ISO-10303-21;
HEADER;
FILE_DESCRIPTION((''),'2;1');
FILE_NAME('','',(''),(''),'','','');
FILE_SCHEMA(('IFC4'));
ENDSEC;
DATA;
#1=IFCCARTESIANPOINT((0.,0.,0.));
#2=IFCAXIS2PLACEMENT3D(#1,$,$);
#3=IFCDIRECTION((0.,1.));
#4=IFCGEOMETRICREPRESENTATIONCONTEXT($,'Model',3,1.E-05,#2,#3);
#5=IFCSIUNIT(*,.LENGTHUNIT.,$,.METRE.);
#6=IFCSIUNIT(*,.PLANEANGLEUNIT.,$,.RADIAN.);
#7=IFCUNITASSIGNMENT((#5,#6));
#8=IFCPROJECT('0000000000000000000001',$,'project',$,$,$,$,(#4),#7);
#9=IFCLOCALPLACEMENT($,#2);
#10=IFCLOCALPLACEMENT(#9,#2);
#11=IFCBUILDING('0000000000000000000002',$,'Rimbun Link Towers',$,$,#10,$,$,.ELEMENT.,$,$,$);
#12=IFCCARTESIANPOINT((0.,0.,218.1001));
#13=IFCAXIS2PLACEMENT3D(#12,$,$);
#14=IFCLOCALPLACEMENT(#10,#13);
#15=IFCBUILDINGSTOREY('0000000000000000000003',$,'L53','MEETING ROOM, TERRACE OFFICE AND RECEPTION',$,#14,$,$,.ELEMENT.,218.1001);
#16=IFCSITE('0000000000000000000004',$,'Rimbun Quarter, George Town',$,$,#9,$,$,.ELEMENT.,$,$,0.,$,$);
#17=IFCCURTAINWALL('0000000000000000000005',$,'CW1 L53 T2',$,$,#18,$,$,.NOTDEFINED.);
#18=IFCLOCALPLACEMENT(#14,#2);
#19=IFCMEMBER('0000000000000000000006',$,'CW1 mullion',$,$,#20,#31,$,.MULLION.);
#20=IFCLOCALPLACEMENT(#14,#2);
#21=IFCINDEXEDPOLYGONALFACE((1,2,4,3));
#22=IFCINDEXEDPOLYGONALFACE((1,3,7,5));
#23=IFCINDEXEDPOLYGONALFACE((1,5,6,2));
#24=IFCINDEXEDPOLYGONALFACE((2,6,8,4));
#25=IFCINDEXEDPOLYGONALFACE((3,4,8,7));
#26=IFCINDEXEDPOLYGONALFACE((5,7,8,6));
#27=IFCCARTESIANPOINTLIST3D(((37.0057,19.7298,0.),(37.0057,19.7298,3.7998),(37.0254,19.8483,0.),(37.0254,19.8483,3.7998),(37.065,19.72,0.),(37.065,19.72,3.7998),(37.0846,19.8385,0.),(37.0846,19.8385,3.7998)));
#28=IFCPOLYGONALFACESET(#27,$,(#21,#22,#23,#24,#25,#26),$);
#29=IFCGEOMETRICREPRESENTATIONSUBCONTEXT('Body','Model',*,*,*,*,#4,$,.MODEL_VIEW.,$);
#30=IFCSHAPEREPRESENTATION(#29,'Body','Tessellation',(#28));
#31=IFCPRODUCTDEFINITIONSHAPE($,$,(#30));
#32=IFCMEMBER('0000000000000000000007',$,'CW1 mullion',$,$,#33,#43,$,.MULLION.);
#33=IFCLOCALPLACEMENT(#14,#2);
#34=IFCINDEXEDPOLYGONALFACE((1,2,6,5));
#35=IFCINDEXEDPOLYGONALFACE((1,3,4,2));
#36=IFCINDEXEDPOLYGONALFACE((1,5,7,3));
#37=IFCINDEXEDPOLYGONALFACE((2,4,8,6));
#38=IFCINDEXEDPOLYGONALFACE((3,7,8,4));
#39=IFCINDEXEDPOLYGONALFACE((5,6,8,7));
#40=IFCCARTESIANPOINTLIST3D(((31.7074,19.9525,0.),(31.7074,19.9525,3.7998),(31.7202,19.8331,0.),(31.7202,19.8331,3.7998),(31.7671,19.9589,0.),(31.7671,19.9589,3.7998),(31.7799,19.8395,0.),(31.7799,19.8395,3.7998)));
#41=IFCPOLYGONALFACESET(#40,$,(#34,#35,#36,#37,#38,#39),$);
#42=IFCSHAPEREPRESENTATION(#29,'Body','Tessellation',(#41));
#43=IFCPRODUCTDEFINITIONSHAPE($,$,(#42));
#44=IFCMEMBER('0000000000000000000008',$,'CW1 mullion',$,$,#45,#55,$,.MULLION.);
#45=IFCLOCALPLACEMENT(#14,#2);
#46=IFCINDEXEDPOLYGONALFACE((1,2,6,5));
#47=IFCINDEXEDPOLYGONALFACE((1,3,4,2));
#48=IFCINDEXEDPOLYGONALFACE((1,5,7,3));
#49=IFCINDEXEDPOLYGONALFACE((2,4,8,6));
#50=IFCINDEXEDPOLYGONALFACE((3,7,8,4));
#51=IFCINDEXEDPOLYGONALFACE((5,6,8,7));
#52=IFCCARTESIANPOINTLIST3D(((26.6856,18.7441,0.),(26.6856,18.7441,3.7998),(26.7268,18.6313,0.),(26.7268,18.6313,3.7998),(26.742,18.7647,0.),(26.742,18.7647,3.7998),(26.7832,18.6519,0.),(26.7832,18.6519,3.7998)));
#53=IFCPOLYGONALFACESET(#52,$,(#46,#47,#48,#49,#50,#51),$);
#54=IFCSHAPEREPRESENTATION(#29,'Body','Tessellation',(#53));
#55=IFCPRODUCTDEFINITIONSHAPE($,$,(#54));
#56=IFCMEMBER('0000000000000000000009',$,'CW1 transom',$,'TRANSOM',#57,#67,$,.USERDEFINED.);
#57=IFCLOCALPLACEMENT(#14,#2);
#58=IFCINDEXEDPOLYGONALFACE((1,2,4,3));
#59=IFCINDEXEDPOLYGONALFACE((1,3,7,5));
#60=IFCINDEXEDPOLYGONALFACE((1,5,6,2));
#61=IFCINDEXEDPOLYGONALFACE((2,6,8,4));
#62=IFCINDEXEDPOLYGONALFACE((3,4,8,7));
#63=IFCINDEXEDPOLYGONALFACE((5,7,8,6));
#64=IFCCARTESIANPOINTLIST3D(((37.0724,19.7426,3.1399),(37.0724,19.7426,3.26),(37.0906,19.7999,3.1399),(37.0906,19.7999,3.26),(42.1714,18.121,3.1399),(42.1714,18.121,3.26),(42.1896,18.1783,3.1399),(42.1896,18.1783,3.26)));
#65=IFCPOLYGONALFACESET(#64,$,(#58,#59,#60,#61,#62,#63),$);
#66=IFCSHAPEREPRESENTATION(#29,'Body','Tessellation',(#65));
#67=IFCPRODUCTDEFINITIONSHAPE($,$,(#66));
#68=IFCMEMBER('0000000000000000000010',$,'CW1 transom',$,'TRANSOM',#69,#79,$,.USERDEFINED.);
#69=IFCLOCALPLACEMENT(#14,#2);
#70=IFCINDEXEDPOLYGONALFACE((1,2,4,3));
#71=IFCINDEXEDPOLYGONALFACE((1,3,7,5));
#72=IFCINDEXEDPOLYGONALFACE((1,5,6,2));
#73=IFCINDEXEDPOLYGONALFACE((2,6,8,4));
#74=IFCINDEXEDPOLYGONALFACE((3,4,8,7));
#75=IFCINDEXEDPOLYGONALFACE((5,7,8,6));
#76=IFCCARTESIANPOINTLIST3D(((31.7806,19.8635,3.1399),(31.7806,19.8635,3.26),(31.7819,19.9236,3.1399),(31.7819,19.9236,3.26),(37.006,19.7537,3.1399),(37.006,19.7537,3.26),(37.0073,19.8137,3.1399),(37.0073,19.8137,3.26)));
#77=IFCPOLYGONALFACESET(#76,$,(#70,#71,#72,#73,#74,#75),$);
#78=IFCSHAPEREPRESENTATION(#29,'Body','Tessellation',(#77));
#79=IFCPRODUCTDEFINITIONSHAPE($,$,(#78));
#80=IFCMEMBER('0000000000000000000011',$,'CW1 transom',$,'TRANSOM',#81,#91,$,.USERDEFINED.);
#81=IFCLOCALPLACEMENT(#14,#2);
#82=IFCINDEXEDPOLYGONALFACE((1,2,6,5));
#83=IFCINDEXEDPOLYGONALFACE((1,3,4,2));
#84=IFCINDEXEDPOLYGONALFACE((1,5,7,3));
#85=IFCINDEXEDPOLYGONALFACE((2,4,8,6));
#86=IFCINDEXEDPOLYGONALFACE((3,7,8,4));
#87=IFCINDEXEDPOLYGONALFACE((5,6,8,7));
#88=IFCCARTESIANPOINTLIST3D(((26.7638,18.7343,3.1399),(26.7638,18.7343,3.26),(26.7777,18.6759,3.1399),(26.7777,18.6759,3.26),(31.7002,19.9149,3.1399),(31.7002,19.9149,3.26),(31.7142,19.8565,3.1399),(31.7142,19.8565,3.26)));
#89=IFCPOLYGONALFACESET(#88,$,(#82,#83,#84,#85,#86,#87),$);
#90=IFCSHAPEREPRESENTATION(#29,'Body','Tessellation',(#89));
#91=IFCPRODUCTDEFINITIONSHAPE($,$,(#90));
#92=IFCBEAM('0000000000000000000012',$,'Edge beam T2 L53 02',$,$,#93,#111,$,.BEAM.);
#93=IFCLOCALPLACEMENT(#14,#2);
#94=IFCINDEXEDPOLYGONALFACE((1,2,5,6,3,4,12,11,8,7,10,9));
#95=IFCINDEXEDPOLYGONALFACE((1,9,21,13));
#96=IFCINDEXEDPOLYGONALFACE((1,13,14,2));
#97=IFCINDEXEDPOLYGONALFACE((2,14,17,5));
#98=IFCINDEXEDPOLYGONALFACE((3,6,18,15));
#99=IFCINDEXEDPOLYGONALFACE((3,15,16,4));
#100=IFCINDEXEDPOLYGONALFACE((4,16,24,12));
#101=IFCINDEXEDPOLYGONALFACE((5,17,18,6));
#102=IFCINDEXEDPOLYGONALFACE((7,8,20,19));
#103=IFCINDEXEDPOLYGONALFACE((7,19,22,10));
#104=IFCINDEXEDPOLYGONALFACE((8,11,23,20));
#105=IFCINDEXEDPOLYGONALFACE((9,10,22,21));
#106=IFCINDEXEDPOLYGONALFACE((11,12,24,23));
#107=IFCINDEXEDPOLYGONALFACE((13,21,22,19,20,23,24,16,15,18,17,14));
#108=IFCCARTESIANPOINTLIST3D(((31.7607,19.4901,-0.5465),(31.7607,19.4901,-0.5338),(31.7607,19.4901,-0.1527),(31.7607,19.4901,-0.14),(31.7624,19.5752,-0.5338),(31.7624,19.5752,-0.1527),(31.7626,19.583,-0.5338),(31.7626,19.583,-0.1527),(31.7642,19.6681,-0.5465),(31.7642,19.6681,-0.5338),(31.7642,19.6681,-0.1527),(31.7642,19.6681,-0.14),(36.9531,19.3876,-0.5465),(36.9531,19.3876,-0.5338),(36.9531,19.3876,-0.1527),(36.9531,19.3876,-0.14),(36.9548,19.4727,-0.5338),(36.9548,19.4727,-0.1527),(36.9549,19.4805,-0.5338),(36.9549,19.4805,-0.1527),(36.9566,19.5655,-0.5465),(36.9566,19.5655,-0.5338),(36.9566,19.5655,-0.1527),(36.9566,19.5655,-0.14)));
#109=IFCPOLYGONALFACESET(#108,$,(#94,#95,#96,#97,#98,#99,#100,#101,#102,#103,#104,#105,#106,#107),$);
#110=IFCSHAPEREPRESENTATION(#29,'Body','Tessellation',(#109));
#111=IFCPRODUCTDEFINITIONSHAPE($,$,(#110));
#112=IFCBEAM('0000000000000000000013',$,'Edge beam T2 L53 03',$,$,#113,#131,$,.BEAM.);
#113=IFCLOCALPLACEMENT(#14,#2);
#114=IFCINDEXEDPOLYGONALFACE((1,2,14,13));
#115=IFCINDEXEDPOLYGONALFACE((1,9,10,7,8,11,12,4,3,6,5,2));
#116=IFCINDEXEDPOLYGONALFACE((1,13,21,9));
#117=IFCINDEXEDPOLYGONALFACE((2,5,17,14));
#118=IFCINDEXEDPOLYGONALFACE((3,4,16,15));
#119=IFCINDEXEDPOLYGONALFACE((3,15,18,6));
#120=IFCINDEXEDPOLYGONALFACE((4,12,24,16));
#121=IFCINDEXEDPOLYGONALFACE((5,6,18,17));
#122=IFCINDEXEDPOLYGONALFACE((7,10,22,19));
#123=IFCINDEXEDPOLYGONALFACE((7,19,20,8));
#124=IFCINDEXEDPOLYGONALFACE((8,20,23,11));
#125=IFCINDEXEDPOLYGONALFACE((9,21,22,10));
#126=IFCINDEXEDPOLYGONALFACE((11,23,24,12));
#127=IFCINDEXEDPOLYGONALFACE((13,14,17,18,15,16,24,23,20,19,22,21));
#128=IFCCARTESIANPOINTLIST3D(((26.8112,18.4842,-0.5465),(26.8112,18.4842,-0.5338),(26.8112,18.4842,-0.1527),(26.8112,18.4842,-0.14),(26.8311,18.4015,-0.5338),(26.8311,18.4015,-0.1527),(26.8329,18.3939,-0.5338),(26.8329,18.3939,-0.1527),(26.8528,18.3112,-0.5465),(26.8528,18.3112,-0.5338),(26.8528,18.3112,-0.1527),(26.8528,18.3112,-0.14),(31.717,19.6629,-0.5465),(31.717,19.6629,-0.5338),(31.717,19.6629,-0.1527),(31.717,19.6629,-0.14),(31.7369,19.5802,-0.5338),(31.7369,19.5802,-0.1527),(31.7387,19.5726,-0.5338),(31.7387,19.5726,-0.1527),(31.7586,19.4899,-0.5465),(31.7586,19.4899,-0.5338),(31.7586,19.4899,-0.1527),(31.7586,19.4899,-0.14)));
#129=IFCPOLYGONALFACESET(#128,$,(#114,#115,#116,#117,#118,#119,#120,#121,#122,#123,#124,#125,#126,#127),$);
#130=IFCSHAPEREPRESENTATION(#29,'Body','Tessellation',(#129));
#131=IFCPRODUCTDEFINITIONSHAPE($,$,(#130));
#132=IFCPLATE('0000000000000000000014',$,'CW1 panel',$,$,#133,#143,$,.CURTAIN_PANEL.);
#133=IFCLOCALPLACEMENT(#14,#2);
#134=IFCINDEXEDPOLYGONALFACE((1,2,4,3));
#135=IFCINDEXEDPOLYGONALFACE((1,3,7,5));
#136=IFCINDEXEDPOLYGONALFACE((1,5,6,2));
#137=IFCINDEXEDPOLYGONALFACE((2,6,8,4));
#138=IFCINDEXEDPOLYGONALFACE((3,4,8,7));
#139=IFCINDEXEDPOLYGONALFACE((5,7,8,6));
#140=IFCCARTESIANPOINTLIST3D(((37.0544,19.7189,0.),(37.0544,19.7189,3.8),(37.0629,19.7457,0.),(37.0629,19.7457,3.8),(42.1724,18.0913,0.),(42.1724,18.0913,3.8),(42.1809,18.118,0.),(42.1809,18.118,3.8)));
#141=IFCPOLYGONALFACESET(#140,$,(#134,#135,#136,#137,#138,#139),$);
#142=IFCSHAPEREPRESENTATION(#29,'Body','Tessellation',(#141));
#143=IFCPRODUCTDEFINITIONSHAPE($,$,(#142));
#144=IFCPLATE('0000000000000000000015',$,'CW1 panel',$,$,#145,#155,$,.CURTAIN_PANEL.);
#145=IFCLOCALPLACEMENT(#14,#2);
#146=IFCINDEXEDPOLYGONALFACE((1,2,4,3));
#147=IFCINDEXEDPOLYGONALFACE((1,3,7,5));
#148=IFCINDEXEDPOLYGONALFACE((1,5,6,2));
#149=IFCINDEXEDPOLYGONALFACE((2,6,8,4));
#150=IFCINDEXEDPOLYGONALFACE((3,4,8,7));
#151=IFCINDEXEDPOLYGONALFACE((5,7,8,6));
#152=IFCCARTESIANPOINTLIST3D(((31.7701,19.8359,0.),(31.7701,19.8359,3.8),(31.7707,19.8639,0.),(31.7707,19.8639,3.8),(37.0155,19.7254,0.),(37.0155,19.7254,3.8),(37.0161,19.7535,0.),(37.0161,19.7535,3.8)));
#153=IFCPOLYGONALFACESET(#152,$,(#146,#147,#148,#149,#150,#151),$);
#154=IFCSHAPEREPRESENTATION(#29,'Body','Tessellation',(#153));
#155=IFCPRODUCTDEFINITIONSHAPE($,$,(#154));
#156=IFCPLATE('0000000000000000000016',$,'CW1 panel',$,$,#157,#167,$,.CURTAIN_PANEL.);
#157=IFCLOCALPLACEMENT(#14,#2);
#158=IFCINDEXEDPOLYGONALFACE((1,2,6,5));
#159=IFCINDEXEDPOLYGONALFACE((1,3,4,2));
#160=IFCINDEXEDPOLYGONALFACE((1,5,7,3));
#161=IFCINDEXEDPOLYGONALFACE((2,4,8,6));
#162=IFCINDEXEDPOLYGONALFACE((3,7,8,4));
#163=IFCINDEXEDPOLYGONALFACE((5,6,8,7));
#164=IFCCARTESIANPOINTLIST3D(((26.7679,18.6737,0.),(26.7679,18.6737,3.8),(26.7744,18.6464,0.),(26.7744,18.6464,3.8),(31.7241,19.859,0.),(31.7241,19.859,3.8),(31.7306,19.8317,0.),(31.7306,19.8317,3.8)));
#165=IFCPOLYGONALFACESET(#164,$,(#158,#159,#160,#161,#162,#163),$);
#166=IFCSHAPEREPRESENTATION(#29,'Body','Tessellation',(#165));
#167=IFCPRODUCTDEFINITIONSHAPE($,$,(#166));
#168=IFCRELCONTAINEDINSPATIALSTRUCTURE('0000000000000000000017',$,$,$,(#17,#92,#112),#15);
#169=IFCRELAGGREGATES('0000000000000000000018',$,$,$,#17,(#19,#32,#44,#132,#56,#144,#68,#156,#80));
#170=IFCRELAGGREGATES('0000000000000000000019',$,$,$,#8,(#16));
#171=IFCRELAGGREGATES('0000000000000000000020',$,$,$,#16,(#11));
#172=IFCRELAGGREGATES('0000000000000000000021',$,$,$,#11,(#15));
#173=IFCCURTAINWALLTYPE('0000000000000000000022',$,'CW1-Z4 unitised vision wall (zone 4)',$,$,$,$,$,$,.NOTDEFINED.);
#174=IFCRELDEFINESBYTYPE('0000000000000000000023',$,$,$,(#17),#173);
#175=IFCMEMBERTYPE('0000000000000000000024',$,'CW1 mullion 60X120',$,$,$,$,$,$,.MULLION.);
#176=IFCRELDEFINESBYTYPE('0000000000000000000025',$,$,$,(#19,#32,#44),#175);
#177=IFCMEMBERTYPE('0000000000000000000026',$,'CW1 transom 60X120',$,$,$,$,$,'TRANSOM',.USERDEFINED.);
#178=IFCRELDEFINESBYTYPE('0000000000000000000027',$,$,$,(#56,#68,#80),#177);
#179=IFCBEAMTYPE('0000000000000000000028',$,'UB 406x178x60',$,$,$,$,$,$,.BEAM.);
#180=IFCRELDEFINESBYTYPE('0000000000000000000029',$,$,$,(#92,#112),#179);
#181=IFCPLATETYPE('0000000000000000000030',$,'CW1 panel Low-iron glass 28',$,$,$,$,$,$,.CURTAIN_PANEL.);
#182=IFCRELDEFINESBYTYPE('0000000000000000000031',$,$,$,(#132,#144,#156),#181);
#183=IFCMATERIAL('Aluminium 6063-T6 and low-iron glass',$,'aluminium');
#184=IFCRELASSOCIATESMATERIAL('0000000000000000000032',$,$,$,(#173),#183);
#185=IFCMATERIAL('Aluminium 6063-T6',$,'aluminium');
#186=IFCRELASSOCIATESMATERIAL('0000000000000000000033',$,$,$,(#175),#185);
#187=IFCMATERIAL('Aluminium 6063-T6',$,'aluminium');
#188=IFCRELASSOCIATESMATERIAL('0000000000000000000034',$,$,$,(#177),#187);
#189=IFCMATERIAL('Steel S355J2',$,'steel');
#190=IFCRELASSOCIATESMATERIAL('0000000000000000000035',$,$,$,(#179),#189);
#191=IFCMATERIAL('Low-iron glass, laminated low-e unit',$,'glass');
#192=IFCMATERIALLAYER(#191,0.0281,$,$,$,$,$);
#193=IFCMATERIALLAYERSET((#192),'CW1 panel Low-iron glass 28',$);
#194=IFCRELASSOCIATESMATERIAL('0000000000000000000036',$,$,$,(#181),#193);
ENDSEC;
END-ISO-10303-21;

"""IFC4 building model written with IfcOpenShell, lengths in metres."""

from ifc_helpers import new_model, si_unit, direction, frame, origin, origin_2d, place, context, subcontext, project, spatial, rectangle, i_section, extrude, material, layer, layer_set, material_profile, profile_set, type_object, element, aggregate, save


model = new_model("IFC4")

# Units and contexts
model_context = context("Model", 3, precision=1e-05, world=origin(), true_north=direction((0.0, 1.0)))
body_context = subcontext(model_context, "Body", "Model", "MODEL_VIEW")
ifc_project = project(units=[si_unit("LENGTHUNIT", "METRE"), si_unit("PLANEANGLEUNIT", "RADIAN")], contexts=[model_context])

# Site, building, storey
site_placement = place(None, origin())
site = spatial("IfcSite", under=ifc_project, at=site_placement, Name="Rimbun Quarter, George Town", CompositionType="ELEMENT", RefElevation=0.0)
building_placement = place(site_placement, origin())
building = spatial("IfcBuilding", under=site, at=building_placement, Name="Rimbun Link Towers", CompositionType="ELEMENT")
storey_placement = place(building_placement, frame((0.0, 0.0, 218.1001)))
storey = spatial("IfcBuildingStorey", under=building, at=storey_placement, Name="L53", Description="MEETING ROOM, TERRACE OFFICE AND RECEPTION", CompositionType="ELEMENT", Elevation=218.1001)

# Curtain wall, members
ifc_material_1 = material(Name="Aluminium 6063-T6 and low-iron glass", Category="aluminium")
curtain_wall_type = type_object("IfcCurtainWallType", Name="CW1-Z4 unitised vision wall (zone 4)", PredefinedType="NOTDEFINED", material=ifc_material_1)
curtain_wall_placement = place(storey_placement, origin())
curtain_wall = element("IfcCurtainWall", 1, at=curtain_wall_placement, inside=storey, type_object=curtain_wall_type, Name="CW1 L53 T2", PredefinedType="NOTDEFINED")
ifc_material_2 = material(Name="Aluminium 6063-T6", Category="aluminium")
ifc_material_profile_1 = material_profile(ifc_material_2, rectangle(XDim=0.1201, YDim=0.0601, at=origin_2d()), Name="MULLION 60X120")
ifc_profile_set_1 = profile_set([ifc_material_profile_1], Name="Aluminium 6063-T6")
member_type_1 = type_object("IfcMemberType", Name="CW1 mullion 60X120", PredefinedType="MULLION", material=ifc_profile_set_1)
member_1_placement = place(storey_placement, frame((37.0452, 19.7842, 0.0), z_axis=(0.0, 0.0, 1.0), x_axis=(0.163742, 0.986503, 0.0)))
member_1 = element("IfcMember", 2, at=member_1_placement, type_object=member_type_1, Name="CW1 mullion", PredefinedType="MULLION", context=body_context, shape_type="SweptSolid", body=[
    extrude(rectangle(XDim=0.1201, YDim=0.0601, at=origin_2d()), origin(), (0.0, 0.0, 1.0), 3.7998),
])
member_2_placement = place(storey_placement, frame((31.7437, 19.896, 0.0), z_axis=(0.0, 0.0, 1.0), x_axis=(-0.106644, 0.994297, 0.0)))
member_2 = element("IfcMember", 3, at=member_2_placement, type_object=member_type_1, Name="CW1 mullion", PredefinedType="MULLION", context=body_context, shape_type="SweptSolid", body=[
    extrude(rectangle(XDim=0.1201, YDim=0.0601, at=origin_2d()), origin(), (0.0, 0.0, 1.0), 3.7998),
])
member_3_placement = place(storey_placement, frame((26.7344, 18.698, 0.0), z_axis=(0.0, 0.0, 1.0), x_axis=(-0.34296, 0.93935, 0.0)))
member_3 = element("IfcMember", 4, at=member_3_placement, type_object=member_type_1, Name="CW1 mullion", PredefinedType="MULLION", context=body_context, shape_type="SweptSolid", body=[
    extrude(rectangle(XDim=0.1201, YDim=0.0601, at=origin_2d()), origin(), (0.0, 0.0, 1.0), 3.7998),
])
ifc_material_3 = material(Name="Aluminium 6063-T6", Category="aluminium")
ifc_material_profile_2 = material_profile(ifc_material_3, rectangle(XDim=0.0601, YDim=0.1201, at=origin_2d()), Name="TRANSOM 60X120")
ifc_profile_set_2 = profile_set([ifc_material_profile_2], Name="Aluminium 6063-T6")
member_type_2 = type_object("IfcMemberType", Name="CW1 transom 60X120", ElementType="TRANSOM", PredefinedType="USERDEFINED", material=ifc_profile_set_2)
member_4_placement = place(storey_placement, frame((37.0815, 19.7712, 3.2), z_axis=(0.952968, -0.30307, 0.0), x_axis=(0.30307, 0.952968, 0.0)))
member_4 = element("IfcMember", 5, at=member_4_placement, type_object=member_type_2, Name="CW1 transom", ObjectType="TRANSOM", PredefinedType="USERDEFINED", context=body_context, shape_type="SweptSolid", body=[
    extrude(rectangle(XDim=0.0601, YDim=0.1201, at=origin_2d()), origin(), (0.0, 0.0, 1.0), 5.3506),
])
member_5_placement = place(storey_placement, frame((31.7812, 19.8936, 3.2), z_axis=(0.999779, -0.02102, 0.0), x_axis=(0.02102, 0.999779, 0.0)))
member_5 = element("IfcMember", 6, at=member_5_placement, type_object=member_type_2, Name="CW1 transom", ObjectType="TRANSOM", PredefinedType="USERDEFINED", context=body_context, shape_type="SweptSolid", body=[
    extrude(rectangle(XDim=0.0601, YDim=0.1201, at=origin_2d()), origin(), (0.0, 0.0, 1.0), 5.2266),
])
member_6_placement = place(storey_placement, frame((26.7708, 18.7051, 3.2), z_axis=(0.97257, 0.232609, 0.0), x_axis=(-0.232609, 0.97257, 0.0)))
member_6 = element("IfcMember", 7, at=member_6_placement, type_object=member_type_2, Name="CW1 transom", ObjectType="TRANSOM", PredefinedType="USERDEFINED", context=body_context, shape_type="SweptSolid", body=[
    extrude(rectangle(XDim=0.0601, YDim=0.1201, at=origin_2d()), origin(), (0.0, 0.0, 1.0), 5.0757),
])

# Beams
ifc_material_4 = material(Name="Steel S355J2", Category="steel")
ifc_material_profile_3 = material_profile(ifc_material_4, i_section(OverallWidth=0.178, OverallDepth=0.4065, WebThickness=0.0078, FlangeThickness=0.0127, at=origin_2d()), Name="UB 406x178x60")
ifc_profile_set_3 = profile_set([ifc_material_profile_3], Name="Steel S355J2")
beam_type = type_object("IfcBeamType", Name="UB 406x178x60", PredefinedType="BEAM", material=ifc_profile_set_3)
beam_1_placement = place(storey_placement, frame((36.9548, 19.4766, -0.3433), z_axis=(-0.999805, 0.019744, 0.0), x_axis=(-0.019744, -0.999805, 0.0)))
element("IfcBeam", 8, at=beam_1_placement, inside=storey, type_object=beam_type, Name="Edge beam T2 L53 02", PredefinedType="BEAM", context=body_context, shape_type="SweptSolid", body=[
    extrude(i_section(OverallWidth=0.178, OverallDepth=0.4065, WebThickness=0.0078, FlangeThickness=0.0127, at=origin_2d()), origin(), (0.0, 0.0, 1.0), 5.1934),
])
beam_2_placement = place(storey_placement, frame((31.7378, 19.5764, -0.3433), z_axis=(-0.972328, -0.233622, 0.0), x_axis=(0.233622, -0.972328, 0.0)))
element("IfcBeam", 9, at=beam_2_placement, inside=storey, type_object=beam_type, Name="Edge beam T2 L53 03", PredefinedType="BEAM", context=body_context, shape_type="SweptSolid", body=[
    extrude(i_section(OverallWidth=0.178, OverallDepth=0.4065, WebThickness=0.0078, FlangeThickness=0.0127, at=origin_2d()), origin(), (0.0, 0.0, 1.0), 5.0454),
])

# Plates
ifc_material_5 = material(Name="Low-iron glass, laminated low-e unit", Category="glass")
ifc_layer = layer(ifc_material_5, 0.0281)
ifc_layer_set = layer_set([ifc_layer], Name="CW1 panel Low-iron glass 28")
plate_type = type_object("IfcPlateType", Name="CW1 panel Low-iron glass 28", PredefinedType="CURTAIN_PANEL", material=ifc_layer_set)
plate_1_placement = place(storey_placement, frame((39.6177, 18.9185, 0.0), z_axis=(0.0, 0.0, 1.0), x_axis=(0.952969, -0.303068, 0.0)))
plate_1 = element("IfcPlate", 10, at=plate_1_placement, type_object=plate_type, Name="CW1 panel", PredefinedType="CURTAIN_PANEL", context=body_context, shape_type="SweptSolid", body=[
    extrude(rectangle(XDim=5.3706, YDim=0.0281, at=origin_2d()), origin(), (0.0, 0.0, 1.0), 3.8),
])
plate_2_placement = place(storey_placement, frame((34.3931, 19.7947, 0.0), z_axis=(0.0, 0.0, 1.0), x_axis=(0.999778, -0.021054, 0.0)))
plate_2 = element("IfcPlate", 11, at=plate_2_placement, type_object=plate_type, Name="CW1 panel", PredefinedType="CURTAIN_PANEL", context=body_context, shape_type="SweptSolid", body=[
    extrude(rectangle(XDim=5.2466, YDim=0.0281, at=origin_2d()), origin(), (0.0, 0.0, 1.0), 3.8),
])
plate_3_placement = place(storey_placement, frame((29.2493, 19.2527, 0.0), z_axis=(0.0, 0.0, 1.0), x_axis=(0.972573, 0.2326, 0.0)))
plate_3 = element("IfcPlate", 12, at=plate_3_placement, type_object=plate_type, Name="CW1 panel", PredefinedType="CURTAIN_PANEL", context=body_context, shape_type="SweptSolid", body=[
    extrude(rectangle(XDim=5.0959, YDim=0.0281, at=origin_2d()), origin(), (0.0, 0.0, 1.0), 3.8),
])
aggregate(curtain_wall, [member_1, member_2, member_3, plate_1, member_4, plate_2, member_5, plate_3, member_6])

save(model, "model.ifc")
